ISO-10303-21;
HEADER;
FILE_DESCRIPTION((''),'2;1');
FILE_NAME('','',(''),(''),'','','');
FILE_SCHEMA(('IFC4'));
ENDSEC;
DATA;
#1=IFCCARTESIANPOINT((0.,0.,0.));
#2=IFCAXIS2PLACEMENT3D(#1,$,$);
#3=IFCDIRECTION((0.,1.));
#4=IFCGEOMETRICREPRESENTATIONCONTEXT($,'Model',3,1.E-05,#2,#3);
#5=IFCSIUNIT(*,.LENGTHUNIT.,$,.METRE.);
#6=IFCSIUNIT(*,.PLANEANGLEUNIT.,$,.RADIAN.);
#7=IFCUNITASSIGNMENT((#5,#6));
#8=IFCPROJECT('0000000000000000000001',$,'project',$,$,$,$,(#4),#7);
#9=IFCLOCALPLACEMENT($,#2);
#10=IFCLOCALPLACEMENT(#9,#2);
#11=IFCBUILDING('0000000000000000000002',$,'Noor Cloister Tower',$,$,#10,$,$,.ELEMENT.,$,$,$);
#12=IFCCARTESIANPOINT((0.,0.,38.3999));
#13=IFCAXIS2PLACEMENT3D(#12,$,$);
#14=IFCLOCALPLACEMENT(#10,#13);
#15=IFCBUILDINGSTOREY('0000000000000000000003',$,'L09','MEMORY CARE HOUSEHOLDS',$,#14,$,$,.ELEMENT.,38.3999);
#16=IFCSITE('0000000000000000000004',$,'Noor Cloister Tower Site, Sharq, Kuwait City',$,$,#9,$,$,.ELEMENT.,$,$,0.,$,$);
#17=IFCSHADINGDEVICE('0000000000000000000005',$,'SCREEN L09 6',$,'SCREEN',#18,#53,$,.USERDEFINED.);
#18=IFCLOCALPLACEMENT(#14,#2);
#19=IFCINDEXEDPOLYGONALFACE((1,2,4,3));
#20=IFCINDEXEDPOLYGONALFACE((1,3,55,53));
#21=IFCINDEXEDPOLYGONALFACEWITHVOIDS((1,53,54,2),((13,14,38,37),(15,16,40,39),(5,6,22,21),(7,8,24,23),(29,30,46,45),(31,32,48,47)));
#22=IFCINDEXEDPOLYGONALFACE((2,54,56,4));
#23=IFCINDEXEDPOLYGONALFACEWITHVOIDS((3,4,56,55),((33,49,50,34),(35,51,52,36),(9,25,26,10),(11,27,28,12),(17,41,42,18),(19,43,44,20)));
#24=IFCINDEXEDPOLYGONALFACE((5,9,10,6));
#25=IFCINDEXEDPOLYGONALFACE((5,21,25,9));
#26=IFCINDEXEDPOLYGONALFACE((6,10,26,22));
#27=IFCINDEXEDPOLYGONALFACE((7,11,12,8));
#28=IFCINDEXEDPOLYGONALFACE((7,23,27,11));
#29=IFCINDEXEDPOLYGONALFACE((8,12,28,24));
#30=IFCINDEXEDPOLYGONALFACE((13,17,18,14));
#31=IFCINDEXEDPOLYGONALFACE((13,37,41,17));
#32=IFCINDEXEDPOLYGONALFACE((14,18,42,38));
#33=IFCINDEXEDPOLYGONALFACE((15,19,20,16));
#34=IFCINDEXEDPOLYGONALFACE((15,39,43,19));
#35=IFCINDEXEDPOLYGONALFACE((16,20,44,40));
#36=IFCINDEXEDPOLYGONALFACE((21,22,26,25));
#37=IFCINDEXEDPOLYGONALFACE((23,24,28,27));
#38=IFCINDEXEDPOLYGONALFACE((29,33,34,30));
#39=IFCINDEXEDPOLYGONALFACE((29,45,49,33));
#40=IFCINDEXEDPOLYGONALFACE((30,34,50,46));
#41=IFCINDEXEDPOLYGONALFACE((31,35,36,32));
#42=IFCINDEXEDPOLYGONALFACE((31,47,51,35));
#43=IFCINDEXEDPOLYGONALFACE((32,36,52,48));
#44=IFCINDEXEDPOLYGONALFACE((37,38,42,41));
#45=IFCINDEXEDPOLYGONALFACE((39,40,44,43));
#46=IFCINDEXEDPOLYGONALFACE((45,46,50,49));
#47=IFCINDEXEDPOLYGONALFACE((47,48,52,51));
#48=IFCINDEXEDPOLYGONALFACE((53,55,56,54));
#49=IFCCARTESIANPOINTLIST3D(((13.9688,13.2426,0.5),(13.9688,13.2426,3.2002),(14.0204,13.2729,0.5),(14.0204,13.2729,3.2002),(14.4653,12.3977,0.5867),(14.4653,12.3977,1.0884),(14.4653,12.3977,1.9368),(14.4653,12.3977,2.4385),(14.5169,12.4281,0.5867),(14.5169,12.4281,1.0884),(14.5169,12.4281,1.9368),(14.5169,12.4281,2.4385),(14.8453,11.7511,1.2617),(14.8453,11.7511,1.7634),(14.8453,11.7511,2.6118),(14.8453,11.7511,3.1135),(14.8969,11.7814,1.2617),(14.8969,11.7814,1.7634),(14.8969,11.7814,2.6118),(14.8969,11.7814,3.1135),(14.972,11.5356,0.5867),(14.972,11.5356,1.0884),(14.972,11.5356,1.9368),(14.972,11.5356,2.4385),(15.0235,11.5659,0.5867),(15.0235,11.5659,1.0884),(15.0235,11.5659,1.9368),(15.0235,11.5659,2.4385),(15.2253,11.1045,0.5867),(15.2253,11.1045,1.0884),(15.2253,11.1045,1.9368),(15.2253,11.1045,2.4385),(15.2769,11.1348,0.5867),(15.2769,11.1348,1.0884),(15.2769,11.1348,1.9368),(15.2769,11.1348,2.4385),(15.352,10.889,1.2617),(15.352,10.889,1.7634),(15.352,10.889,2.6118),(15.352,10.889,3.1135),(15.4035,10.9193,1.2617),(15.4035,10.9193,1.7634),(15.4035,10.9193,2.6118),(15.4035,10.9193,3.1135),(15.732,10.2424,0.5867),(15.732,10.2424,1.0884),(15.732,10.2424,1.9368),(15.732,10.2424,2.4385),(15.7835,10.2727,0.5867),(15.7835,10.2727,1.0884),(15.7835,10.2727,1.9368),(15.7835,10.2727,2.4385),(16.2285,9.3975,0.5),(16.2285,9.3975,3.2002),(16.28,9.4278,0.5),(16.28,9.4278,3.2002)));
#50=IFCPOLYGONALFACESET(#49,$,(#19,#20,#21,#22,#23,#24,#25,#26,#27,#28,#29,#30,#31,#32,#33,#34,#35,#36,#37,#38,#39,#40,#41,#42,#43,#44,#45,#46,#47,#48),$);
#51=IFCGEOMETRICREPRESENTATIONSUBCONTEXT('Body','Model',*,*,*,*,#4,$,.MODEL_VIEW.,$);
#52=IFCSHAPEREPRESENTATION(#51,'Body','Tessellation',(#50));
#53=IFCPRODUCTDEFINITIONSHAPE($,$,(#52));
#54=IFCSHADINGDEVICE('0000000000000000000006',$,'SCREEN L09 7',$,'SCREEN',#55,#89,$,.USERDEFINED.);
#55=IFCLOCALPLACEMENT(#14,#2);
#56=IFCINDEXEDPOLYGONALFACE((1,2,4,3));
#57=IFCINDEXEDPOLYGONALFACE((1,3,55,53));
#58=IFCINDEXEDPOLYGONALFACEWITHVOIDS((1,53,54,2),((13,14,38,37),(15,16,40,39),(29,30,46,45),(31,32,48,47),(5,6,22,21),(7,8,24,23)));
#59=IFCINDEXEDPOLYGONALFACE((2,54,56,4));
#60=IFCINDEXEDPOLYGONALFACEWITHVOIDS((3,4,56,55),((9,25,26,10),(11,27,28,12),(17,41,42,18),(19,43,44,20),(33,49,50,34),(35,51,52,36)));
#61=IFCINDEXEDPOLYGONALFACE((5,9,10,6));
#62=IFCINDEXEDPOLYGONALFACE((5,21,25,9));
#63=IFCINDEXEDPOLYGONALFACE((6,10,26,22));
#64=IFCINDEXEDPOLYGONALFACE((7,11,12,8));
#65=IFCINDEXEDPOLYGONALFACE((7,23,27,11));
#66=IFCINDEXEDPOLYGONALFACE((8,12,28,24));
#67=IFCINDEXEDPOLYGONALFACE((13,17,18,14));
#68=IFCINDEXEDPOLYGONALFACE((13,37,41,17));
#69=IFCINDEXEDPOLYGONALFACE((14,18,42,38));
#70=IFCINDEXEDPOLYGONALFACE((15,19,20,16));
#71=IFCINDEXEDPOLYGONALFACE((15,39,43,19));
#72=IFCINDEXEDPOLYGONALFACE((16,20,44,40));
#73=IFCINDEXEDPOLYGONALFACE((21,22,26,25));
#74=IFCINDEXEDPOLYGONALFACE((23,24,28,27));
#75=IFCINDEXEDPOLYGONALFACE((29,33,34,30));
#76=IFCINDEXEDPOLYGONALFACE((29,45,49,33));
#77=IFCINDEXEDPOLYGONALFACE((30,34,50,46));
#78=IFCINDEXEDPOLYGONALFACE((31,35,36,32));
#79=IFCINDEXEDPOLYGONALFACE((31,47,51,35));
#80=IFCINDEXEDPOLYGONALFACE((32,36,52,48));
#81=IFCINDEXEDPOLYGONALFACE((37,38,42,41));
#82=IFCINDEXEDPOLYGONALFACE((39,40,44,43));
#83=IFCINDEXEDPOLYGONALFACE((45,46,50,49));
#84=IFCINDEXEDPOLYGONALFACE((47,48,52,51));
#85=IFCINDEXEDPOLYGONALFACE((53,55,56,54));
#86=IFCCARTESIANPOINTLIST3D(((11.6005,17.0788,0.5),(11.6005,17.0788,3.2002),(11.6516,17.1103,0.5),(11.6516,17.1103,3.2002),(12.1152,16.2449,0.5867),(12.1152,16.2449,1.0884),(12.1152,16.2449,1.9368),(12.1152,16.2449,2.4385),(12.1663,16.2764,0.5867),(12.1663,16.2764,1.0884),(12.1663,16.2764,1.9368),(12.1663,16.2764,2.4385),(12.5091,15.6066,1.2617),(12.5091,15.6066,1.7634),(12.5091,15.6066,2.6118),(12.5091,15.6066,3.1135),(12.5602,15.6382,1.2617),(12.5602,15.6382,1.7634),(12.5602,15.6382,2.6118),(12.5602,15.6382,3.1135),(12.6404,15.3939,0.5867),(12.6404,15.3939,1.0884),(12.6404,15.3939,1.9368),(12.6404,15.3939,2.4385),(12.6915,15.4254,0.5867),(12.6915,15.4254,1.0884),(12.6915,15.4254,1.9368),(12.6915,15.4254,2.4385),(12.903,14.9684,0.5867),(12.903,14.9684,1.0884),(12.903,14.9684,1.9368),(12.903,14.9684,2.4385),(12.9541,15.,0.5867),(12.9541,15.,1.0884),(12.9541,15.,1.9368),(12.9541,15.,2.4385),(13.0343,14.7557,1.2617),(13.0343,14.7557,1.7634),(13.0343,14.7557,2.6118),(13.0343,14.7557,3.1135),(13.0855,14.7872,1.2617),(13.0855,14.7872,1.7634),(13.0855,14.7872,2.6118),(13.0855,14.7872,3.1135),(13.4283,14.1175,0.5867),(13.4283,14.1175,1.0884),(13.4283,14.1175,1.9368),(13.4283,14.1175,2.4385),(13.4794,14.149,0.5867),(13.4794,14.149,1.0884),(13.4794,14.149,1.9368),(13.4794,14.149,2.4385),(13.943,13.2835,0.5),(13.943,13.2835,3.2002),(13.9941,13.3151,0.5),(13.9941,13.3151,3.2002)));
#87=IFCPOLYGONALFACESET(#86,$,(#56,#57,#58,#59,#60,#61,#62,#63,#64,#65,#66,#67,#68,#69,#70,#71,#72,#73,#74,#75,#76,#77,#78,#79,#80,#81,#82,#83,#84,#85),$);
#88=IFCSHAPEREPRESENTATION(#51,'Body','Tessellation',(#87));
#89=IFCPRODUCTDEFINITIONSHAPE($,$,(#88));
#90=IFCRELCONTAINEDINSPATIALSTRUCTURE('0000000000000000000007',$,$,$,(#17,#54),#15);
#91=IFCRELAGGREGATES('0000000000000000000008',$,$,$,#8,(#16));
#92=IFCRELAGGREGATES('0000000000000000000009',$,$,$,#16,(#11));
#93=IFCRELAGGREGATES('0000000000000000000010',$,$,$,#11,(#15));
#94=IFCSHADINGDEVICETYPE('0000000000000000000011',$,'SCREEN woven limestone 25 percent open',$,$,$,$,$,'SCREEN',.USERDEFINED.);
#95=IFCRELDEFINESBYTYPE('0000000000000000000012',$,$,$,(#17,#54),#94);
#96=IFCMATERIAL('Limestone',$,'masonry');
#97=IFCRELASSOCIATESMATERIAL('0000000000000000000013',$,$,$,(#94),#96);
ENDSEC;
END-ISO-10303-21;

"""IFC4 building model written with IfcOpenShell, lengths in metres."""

from ifc_helpers import new_model, si_unit, direction, frame, origin, place, context, subcontext, project, spatial, polyline, outline, extrude, material, material_profile, profile_set, type_object, element, save


model = new_model("IFC4")

# Units and contexts
model_context = context("Model", 3, precision=1e-05, world=origin(), true_north=direction((0.0, 1.0)))
body_context = subcontext(model_context, "Body", "Model", "MODEL_VIEW")
ifc_project = project(units=[si_unit("LENGTHUNIT", "METRE"), si_unit("PLANEANGLEUNIT", "RADIAN")], contexts=[model_context])

# Site, building, storey
site_placement = place(None, origin())
site = spatial("IfcSite", under=ifc_project, at=site_placement, Name="Noor Cloister Tower Site, Sharq, Kuwait City", CompositionType="ELEMENT", RefElevation=0.0)
building_placement = place(site_placement, origin())
building = spatial("IfcBuilding", under=site, at=building_placement, Name="Noor Cloister Tower", CompositionType="ELEMENT")
storey_placement = place(building_placement, frame((0.0, 0.0, 38.3999)))
storey = spatial("IfcBuildingStorey", under=building, at=storey_placement, Name="L09", Description="MEMORY CARE HOUSEHOLDS", CompositionType="ELEMENT", Elevation=38.3999)

# Shading devices
ifc_material_1 = material(Name="Limestone", Category="masonry")
ifc_material_profile_1 = material_profile(ifc_material_1, outline(polyline([(-2.23, -1.3501), (2.23, -1.3501), (2.23, 1.3501), (-2.23, 1.3501), (-2.23, -1.3501)]), holes=[polyline([(-1.25, -1.2634), (-0.25, -1.2634), (-0.25, -0.7617), (-1.25, -0.7617), (-1.25, -1.2634)]), polyline([(0.25, -1.2634), (1.25, -1.2634), (1.25, -0.7617), (0.25, -0.7617), (0.25, -1.2634)]), polyline([(-0.5, -0.5884), (0.5, -0.5884), (0.5, -0.0867), (-0.5, -0.0867), (-0.5, -0.5884)]), polyline([(-1.25, 0.0867), (-0.25, 0.0867), (-0.25, 0.5884), (-1.25, 0.5884), (-1.25, 0.0867)]), polyline([(0.25, 0.0867), (1.25, 0.0867), (1.25, 0.5884), (0.25, 0.5884), (0.25, 0.0867)]), polyline([(-0.5, 0.7617), (0.5, 0.7617), (0.5, 1.2634), (-0.5, 1.2634), (-0.5, 0.7617)])]), Name="Woven screen 25 percent open")
ifc_profile_set_1 = profile_set([ifc_material_profile_1], Name="Limestone")
shading_device_type = type_object("IfcShadingDeviceType", Name="SCREEN woven limestone 25 percent open", ElementType="SCREEN", PredefinedType="USERDEFINED", material=ifc_profile_set_1)
shading_device_1_placement = place(storey_placement, frame((15.0986, 11.3201, 1.8501), z_axis=(0.862144, 0.506663, 0.0), x_axis=(-0.506663, 0.862144, 0.0)))
element("IfcShadingDevice", 1, at=shading_device_1_placement, inside=storey, type_object=shading_device_type, Name="SCREEN L09 6", ObjectType="SCREEN", PredefinedType="USERDEFINED", context=body_context, shape_type="SweptSolid", body=[
    extrude(outline(polyline([(-2.23, -1.3501), (2.23, -1.3501), (2.23, 1.3501), (-2.23, 1.3501), (-2.23, -1.3501)]), holes=[polyline([(-1.25, -1.2634), (-0.25, -1.2634), (-0.25, -0.7617), (-1.25, -0.7617), (-1.25, -1.2634)]), polyline([(0.25, -1.2634), (1.25, -1.2634), (1.25, -0.7617), (0.25, -0.7617), (0.25, -1.2634)]), polyline([(-0.5, -0.5884), (0.5, -0.5884), (0.5, -0.0867), (-0.5, -0.0867), (-0.5, -0.5884)]), polyline([(-1.25, 0.0867), (-0.25, 0.0867), (-0.25, 0.5884), (-1.25, 0.5884), (-1.25, 0.0867)]), polyline([(0.25, 0.0867), (1.25, 0.0867), (1.25, 0.5884), (0.25, 0.5884), (0.25, 0.0867)]), polyline([(-0.5, 0.7617), (0.5, 0.7617), (0.5, 1.2634), (-0.5, 1.2634), (-0.5, 0.7617)])]), origin(), (0.0, 0.0, 1.0), 0.0598),
])
shading_device_2_placement = place(storey_placement, frame((12.7717, 15.1812, 1.8501), z_axis=(0.850959, 0.525233, 0.0), x_axis=(-0.525233, 0.850959, 0.0)))
element("IfcShadingDevice", 2, at=shading_device_2_placement, inside=storey, type_object=shading_device_type, Name="SCREEN L09 7", ObjectType="SCREEN", PredefinedType="USERDEFINED", context=body_context, shape_type="SweptSolid", body=[
    extrude(outline(polyline([(-2.23, -1.3501), (2.23, -1.3501), (2.23, 1.3501), (-2.23, 1.3501), (-2.23, -1.3501)]), holes=[polyline([(-1.25, -1.2634), (-0.25, -1.2634), (-0.25, -0.7617), (-1.25, -0.7617), (-1.25, -1.2634)]), polyline([(0.25, -1.2634), (1.25, -1.2634), (1.25, -0.7617), (0.25, -0.7617), (0.25, -1.2634)]), polyline([(-0.5, -0.5884), (0.5, -0.5884), (0.5, -0.0867), (-0.5, -0.0867), (-0.5, -0.5884)]), polyline([(-1.25, 0.0867), (-0.25, 0.0867), (-0.25, 0.5884), (-1.25, 0.5884), (-1.25, 0.0867)]), polyline([(0.25, 0.0867), (1.25, 0.0867), (1.25, 0.5884), (0.25, 0.5884), (0.25, 0.0867)]), polyline([(-0.5, 0.7617), (0.5, 0.7617), (0.5, 1.2634), (-0.5, 1.2634), (-0.5, 0.7617)])]), origin(), (0.0, 0.0, 1.0), 0.0601),
])

save(model, "model.ifc")
